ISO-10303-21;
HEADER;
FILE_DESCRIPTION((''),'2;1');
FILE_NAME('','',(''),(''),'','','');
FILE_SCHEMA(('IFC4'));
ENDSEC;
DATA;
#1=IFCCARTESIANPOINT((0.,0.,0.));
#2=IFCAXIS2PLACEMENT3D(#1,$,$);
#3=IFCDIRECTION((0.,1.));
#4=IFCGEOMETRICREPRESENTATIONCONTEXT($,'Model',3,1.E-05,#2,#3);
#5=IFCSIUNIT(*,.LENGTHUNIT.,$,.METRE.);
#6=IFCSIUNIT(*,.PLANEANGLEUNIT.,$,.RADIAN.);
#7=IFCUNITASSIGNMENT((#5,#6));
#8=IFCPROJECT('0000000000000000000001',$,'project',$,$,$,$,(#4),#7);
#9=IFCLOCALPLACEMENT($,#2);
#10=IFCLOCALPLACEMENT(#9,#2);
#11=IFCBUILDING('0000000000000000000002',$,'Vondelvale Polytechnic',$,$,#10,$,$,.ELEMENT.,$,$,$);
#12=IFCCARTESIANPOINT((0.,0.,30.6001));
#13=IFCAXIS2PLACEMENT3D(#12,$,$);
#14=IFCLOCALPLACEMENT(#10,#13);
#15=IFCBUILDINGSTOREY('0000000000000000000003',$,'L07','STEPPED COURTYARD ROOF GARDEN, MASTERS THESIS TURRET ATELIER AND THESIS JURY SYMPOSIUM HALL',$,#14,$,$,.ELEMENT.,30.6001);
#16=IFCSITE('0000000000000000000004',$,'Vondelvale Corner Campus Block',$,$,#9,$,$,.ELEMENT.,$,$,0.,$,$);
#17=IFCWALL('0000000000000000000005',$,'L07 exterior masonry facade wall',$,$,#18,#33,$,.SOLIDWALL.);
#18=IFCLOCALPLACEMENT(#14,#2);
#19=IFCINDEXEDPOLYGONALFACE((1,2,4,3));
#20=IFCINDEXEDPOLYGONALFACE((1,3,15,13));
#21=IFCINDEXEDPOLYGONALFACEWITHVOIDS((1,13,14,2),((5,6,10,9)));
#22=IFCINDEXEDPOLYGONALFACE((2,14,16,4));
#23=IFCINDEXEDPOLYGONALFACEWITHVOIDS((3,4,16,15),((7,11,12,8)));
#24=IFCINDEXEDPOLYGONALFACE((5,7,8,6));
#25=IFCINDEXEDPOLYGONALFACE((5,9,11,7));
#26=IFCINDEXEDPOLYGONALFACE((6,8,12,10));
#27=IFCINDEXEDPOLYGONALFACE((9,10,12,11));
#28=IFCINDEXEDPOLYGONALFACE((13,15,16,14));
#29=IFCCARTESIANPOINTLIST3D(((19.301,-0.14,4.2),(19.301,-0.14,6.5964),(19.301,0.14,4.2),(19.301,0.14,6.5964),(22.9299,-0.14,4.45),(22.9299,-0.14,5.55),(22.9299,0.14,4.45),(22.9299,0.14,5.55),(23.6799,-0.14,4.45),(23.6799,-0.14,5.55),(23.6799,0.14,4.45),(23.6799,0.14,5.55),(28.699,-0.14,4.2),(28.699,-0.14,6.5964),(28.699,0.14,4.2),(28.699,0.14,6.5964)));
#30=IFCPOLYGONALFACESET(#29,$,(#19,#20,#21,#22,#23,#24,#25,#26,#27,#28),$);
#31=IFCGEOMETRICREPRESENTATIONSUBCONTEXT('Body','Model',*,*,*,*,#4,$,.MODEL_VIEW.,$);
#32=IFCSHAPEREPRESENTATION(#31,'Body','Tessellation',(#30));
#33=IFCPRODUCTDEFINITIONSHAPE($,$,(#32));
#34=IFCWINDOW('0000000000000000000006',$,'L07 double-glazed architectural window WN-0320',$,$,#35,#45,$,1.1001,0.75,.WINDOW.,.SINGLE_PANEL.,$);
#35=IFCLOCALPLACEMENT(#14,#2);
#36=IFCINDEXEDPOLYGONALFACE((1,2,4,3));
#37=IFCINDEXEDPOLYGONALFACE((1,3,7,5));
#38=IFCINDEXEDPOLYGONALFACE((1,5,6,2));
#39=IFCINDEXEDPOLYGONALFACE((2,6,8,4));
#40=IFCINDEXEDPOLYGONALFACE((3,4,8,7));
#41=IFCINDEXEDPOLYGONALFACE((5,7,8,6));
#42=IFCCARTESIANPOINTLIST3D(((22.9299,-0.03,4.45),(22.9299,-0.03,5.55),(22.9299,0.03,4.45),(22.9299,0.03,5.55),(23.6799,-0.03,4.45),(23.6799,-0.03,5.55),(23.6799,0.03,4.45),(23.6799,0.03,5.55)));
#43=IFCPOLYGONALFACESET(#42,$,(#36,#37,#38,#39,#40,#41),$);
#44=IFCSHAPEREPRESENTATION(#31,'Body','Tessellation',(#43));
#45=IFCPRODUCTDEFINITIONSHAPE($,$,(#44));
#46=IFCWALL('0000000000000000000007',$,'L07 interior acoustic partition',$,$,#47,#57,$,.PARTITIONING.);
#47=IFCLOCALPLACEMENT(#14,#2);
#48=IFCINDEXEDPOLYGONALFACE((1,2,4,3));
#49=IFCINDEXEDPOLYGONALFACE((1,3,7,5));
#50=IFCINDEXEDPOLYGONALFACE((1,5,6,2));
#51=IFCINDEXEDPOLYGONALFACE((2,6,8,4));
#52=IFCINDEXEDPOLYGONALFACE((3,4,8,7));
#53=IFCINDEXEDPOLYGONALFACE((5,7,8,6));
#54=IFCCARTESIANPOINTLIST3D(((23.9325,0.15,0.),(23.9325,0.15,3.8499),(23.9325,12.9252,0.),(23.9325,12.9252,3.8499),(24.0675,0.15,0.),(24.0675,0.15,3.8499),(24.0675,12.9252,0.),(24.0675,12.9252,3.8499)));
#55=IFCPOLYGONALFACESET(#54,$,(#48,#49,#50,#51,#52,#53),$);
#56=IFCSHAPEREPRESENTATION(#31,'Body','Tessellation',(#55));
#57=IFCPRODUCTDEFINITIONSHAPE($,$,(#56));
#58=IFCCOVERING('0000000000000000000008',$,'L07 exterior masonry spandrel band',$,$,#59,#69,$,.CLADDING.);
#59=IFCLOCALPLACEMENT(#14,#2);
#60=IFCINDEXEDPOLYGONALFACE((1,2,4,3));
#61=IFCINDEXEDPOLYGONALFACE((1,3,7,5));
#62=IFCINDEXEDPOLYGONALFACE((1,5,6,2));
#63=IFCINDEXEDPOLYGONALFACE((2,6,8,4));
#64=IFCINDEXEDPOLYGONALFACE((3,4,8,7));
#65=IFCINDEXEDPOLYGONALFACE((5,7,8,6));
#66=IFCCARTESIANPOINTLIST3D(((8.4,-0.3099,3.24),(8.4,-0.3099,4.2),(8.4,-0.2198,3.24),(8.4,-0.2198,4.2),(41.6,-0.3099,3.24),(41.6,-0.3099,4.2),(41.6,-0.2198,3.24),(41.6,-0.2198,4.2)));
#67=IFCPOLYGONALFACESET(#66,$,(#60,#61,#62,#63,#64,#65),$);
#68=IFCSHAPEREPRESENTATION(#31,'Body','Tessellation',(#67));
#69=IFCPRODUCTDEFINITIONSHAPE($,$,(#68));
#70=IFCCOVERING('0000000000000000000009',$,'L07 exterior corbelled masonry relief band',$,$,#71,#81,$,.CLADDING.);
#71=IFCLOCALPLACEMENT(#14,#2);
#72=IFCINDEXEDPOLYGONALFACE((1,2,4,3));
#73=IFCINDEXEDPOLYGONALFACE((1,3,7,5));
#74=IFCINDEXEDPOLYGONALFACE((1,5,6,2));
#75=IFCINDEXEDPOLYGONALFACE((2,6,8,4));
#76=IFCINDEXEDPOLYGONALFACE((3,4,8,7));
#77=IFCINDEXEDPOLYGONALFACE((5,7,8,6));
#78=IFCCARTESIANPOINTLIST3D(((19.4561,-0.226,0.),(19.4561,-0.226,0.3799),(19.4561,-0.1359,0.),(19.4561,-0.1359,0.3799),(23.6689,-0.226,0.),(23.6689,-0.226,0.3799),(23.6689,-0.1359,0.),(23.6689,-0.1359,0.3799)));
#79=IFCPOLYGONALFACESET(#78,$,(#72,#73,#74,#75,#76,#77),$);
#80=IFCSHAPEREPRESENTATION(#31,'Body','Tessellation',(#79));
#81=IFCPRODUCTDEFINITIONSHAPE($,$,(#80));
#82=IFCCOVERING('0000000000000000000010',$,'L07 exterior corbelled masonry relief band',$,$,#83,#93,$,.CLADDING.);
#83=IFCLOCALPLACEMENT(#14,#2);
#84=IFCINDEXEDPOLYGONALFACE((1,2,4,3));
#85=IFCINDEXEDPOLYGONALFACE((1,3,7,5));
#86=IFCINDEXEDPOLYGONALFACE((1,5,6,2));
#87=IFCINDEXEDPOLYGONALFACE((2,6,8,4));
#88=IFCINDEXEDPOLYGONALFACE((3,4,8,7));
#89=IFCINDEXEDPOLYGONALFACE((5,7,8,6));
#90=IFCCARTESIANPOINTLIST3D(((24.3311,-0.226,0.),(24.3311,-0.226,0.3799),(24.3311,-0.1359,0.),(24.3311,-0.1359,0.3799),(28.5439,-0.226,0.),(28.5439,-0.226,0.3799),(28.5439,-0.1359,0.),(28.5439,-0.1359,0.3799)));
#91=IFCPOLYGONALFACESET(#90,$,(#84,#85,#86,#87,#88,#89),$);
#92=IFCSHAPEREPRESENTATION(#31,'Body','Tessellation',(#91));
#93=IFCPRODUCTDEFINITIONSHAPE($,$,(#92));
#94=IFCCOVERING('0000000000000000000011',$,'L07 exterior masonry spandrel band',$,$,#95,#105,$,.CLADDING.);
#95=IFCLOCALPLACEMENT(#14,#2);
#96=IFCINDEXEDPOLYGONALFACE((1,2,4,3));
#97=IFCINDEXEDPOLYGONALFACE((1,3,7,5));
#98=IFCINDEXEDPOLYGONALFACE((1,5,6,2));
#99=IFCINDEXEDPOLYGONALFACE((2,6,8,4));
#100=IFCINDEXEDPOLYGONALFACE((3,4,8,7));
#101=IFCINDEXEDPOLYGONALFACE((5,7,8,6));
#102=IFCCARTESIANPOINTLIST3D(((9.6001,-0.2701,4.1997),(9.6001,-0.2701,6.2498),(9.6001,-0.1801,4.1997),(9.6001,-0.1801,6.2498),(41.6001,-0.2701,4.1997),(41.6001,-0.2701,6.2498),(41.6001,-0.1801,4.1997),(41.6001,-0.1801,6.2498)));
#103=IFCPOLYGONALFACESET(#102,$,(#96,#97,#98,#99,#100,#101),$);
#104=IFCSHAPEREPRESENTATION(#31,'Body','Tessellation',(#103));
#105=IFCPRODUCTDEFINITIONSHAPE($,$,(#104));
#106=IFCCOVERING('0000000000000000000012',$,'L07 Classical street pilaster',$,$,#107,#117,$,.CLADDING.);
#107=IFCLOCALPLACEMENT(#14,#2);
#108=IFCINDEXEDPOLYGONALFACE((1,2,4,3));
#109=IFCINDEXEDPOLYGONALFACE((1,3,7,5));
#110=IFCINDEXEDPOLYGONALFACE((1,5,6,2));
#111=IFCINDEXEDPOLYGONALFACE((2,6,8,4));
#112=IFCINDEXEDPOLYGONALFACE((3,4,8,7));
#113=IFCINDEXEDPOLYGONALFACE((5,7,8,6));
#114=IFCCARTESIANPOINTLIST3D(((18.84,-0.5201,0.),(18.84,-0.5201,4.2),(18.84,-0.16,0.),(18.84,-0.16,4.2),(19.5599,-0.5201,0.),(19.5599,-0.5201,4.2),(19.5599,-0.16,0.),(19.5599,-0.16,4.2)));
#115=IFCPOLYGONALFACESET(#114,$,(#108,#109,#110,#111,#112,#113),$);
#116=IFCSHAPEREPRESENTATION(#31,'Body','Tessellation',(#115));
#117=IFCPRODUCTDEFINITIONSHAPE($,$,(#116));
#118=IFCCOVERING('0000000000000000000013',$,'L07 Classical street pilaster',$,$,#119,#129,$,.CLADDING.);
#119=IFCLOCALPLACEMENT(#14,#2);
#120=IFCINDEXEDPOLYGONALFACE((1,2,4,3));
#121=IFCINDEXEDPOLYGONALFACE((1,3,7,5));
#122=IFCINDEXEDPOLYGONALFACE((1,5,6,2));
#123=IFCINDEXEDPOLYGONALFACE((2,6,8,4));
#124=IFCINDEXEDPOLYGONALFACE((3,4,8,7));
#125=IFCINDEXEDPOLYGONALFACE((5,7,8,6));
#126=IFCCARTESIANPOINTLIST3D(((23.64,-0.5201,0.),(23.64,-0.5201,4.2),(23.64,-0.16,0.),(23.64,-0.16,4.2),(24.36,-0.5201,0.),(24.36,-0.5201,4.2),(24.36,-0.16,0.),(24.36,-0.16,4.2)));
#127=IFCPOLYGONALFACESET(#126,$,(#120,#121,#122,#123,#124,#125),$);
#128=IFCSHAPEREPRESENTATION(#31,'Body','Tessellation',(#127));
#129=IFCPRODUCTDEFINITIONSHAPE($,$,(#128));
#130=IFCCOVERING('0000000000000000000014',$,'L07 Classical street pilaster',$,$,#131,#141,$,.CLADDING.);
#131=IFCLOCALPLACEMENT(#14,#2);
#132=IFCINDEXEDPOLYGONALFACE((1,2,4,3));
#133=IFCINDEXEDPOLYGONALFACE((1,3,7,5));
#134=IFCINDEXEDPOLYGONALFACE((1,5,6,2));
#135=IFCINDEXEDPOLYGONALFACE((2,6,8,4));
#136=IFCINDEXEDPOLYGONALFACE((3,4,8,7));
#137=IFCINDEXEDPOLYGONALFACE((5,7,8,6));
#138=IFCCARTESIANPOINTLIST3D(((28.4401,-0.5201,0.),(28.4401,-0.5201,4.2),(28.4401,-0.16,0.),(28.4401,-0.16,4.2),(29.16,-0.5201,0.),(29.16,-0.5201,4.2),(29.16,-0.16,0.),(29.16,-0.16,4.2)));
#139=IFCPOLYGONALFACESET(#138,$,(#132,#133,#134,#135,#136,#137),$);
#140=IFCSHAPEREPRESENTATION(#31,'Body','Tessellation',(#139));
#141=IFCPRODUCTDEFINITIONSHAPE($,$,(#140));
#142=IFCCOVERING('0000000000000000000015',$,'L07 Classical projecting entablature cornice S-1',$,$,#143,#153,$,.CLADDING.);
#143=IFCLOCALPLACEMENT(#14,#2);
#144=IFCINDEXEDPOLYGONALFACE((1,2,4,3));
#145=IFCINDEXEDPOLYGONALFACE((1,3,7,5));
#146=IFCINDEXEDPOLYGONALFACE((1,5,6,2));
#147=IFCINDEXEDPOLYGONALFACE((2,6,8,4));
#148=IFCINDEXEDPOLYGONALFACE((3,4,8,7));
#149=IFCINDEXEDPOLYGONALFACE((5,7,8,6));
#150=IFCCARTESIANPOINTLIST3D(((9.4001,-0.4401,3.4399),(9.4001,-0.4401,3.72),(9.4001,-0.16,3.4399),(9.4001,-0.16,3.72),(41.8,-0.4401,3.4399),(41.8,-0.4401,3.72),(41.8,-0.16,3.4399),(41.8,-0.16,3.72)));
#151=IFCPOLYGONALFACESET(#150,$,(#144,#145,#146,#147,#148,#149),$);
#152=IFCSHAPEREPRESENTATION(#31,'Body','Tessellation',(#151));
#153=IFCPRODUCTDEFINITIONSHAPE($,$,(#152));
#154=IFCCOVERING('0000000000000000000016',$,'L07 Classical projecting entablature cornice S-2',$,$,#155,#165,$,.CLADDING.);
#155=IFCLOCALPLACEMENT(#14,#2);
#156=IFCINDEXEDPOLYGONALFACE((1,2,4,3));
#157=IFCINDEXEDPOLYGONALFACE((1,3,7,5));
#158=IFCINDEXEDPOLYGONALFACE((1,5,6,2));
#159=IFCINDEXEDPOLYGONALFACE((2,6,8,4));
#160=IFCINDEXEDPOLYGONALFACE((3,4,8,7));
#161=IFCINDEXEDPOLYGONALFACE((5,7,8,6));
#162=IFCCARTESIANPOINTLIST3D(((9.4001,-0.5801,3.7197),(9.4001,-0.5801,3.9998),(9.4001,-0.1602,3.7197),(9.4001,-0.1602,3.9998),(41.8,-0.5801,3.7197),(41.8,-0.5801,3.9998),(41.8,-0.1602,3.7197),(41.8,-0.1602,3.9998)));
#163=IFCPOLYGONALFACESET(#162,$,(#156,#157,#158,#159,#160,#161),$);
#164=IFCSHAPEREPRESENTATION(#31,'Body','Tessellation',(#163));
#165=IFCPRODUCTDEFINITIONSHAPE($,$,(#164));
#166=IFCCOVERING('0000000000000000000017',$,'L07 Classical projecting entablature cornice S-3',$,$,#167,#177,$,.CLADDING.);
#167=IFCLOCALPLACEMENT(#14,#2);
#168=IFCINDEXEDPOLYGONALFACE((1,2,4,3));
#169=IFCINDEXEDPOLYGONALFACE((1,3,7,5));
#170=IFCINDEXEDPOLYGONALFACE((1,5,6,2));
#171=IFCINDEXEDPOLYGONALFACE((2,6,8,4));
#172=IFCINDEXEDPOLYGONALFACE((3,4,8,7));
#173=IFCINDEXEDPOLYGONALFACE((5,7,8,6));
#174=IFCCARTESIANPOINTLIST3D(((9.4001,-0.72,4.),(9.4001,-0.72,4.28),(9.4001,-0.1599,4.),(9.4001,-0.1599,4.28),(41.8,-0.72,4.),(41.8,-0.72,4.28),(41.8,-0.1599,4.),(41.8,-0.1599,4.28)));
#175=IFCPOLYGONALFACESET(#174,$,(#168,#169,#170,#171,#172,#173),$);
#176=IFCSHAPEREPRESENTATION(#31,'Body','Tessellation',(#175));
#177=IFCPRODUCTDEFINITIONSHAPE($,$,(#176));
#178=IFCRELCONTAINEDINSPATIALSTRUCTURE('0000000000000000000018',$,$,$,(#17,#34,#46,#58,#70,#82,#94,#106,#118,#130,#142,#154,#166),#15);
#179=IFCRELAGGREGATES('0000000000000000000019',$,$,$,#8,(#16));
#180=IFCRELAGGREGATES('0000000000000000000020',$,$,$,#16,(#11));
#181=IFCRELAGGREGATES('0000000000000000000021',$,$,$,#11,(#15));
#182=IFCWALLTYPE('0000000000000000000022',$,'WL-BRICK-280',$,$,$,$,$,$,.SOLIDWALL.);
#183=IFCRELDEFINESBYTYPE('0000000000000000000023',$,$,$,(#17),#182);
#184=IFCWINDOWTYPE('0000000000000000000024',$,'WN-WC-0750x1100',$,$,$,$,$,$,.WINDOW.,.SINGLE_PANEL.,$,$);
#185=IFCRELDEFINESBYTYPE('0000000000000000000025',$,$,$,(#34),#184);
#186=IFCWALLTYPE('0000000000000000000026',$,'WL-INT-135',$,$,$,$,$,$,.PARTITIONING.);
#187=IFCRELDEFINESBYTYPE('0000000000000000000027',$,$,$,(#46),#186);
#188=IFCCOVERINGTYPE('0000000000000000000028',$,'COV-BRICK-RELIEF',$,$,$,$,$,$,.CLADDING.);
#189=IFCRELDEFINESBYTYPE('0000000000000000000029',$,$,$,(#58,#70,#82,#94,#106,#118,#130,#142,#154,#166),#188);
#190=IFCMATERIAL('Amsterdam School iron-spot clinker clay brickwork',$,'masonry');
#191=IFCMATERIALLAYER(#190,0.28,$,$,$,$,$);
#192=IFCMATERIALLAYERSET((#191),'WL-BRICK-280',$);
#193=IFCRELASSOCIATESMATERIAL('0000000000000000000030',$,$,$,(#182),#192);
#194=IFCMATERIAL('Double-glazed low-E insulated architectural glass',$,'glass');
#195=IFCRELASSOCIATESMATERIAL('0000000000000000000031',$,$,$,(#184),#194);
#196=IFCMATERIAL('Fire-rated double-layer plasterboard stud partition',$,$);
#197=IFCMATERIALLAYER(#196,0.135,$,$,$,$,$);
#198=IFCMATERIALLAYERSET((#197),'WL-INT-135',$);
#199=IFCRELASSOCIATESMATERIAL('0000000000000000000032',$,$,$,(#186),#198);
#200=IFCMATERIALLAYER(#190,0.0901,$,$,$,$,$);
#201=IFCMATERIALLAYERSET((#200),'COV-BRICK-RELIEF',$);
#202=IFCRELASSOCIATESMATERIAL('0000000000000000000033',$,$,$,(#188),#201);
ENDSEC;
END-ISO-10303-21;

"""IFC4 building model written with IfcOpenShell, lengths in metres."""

from ifc_helpers import new_model, si_unit, direction, frame, frame_2d, origin, origin_2d, place, context, subcontext, project, spatial, rectangle, extrude, material, layer, layer_set, type_object, element, fill, save


model = new_model("IFC4")

# Units and contexts
model_context = context("Model", 3, precision=1e-05, world=origin(), true_north=direction((0.0, 1.0)))
body_context = subcontext(model_context, "Body", "Model", "MODEL_VIEW")
ifc_project = project(units=[si_unit("LENGTHUNIT", "METRE"), si_unit("PLANEANGLEUNIT", "RADIAN")], contexts=[model_context])

# Site, building, storey
site_placement = place(None, origin())
site = spatial("IfcSite", under=ifc_project, at=site_placement, Name="Vondelvale Corner Campus Block", CompositionType="ELEMENT", RefElevation=0.0)
building_placement = place(site_placement, origin())
building = spatial("IfcBuilding", under=site, at=building_placement, Name="Vondelvale Polytechnic", CompositionType="ELEMENT")
storey_placement = place(building_placement, frame((0.0, 0.0, 30.6001)))
storey = spatial("IfcBuildingStorey", under=building, at=storey_placement, Name="L07", Description="STEPPED COURTYARD ROOF GARDEN, MASTERS THESIS TURRET ATELIER AND THESIS JURY SYMPOSIUM HALL", CompositionType="ELEMENT", Elevation=30.6001)

# Wall, opening, window
ifc_material_1 = material(Name="Amsterdam School iron-spot clinker clay brickwork", Category="masonry")
ifc_layer_1 = layer(ifc_material_1, 0.28)
ifc_layer_set_1 = layer_set([ifc_layer_1], Name="WL-BRICK-280")
wall_type_1 = type_object("IfcWallType", Name="WL-BRICK-280", PredefinedType="SOLIDWALL", material=ifc_layer_set_1)
ifc_material_2 = material(Name="Double-glazed low-E insulated architectural glass", Category="glass")
wall_1_placement = place(storey_placement, frame((28.699, 0.0, 4.2), z_axis=(0.0, 0.0, 1.0), x_axis=(-1.0, 0.0, 0.0)))
wall_1 = element("IfcWall", 1, at=wall_1_placement, inside=storey, type_object=wall_type_1, Name="L07 exterior masonry facade wall", PredefinedType="SOLIDWALL", context=body_context, shape_type="SweptSolid", body=[
    extrude(rectangle(XDim=9.3979, YDim=0.28, at=frame_2d((4.699, 0.0))), origin(), (0.0, 0.0, 1.0), 2.3965),
])
opening_1_placement = place(wall_1_placement, frame((5.019, 0.0, 0.25)))
opening_1 = element("IfcOpeningElement", 2, at=opening_1_placement, cuts=wall_1, PredefinedType="OPENING", context=body_context, shape_type="SweptSolid", body=[
    extrude(rectangle(XDim=0.75, YDim=1.1001, at=frame_2d((0.375, 0.55))), frame((0.0, 0.1499, 0.0), z_axis=(0.0, -1.0, 0.0), x_axis=(1.0, 0.0, 0.0)), (0.0, 0.0, 1.0), 0.3),
])
window_type_1 = type_object("IfcWindowType", Name="WN-WC-0750x1100", PartitioningType="SINGLE_PANEL", PredefinedType="WINDOW", material=ifc_material_2)
window_1_placement = place(opening_1_placement, origin())
window_1 = element("IfcWindow", 3, at=window_1_placement, inside=storey, type_object=window_type_1, Name="L07 double-glazed architectural window WN-0320", OverallHeight=1.1001, OverallWidth=0.75, PartitioningType="SINGLE_PANEL", PredefinedType="WINDOW", context=body_context, shape_type="SweptSolid", body=[
    extrude(rectangle(XDim=0.75, YDim=1.1001, at=frame_2d((0.375, 0.55))), frame((0.0, 0.03, 0.0), z_axis=(0.0, -1.0, 0.0), x_axis=(1.0, 0.0, 0.0)), (0.0, 0.0, 1.0), 0.0601),
])
fill(opening_1, window_1)

# Wall
ifc_material_3 = material(Name="Fire-rated double-layer plasterboard stud partition")
ifc_layer_2 = layer(ifc_material_3, 0.135)
ifc_layer_set_2 = layer_set([ifc_layer_2], Name="WL-INT-135")
wall_type_2 = type_object("IfcWallType", Name="WL-INT-135", PredefinedType="PARTITIONING", material=ifc_layer_set_2)
wall_2_placement = place(storey_placement, frame((24.0, 0.1499, 0.0), z_axis=(0.0, 0.0, 1.0), x_axis=(0.0, 1.0, 0.0)))
element("IfcWall", 4, at=wall_2_placement, inside=storey, type_object=wall_type_2, Name="L07 interior acoustic partition", PredefinedType="PARTITIONING", context=body_context, shape_type="SweptSolid", body=[
    extrude(rectangle(XDim=12.7751, YDim=0.135, at=frame_2d((6.3877, 0.0))), origin(), (0.0, 0.0, 1.0), 3.8499),
])

# Coverings
ifc_layer_3 = layer(ifc_material_1, 0.0901)
ifc_layer_set_3 = layer_set([ifc_layer_3], Name="COV-BRICK-RELIEF")
covering_type = type_object("IfcCoveringType", Name="COV-BRICK-RELIEF", PredefinedType="CLADDING", material=ifc_layer_set_3)
covering_1_placement = place(storey_placement, frame((25.0, -0.2649, 3.24), z_axis=(0.0, 0.0, 1.0), x_axis=(1.0, 0.0, 0.0)))
element("IfcCovering", 5, at=covering_1_placement, inside=storey, type_object=covering_type, Name="L07 exterior masonry spandrel band", PredefinedType="CLADDING", context=body_context, shape_type="SweptSolid", body=[
    extrude(rectangle(XDim=33.2, YDim=0.0901, at=origin_2d()), origin(), (0.0, 0.0, 1.0), 0.96),
])
for number, where, z_axis, x_axis, name in (
    (6, (21.5625, -0.1809, 0.0), (0.0, 0.0, 1.0), (-1.0, 0.0, 0.0), "L07 exterior corbelled masonry relief band"),
    (7, (26.4375, -0.1809, 0.0), (0.0, 0.0, 1.0), (-1.0, 0.0, 0.0), "L07 exterior corbelled masonry relief band"),
):
    element("IfcCovering", number, at=place(storey_placement, frame(where, z_axis=z_axis, x_axis=x_axis)), inside=storey, type_object=covering_type, Name=name, PredefinedType="CLADDING", context=body_context, shape_type="SweptSolid", body=[
        extrude(rectangle(XDim=4.2129, YDim=0.0901, at=origin_2d()), origin(), (0.0, 0.0, 1.0), 0.3799),
    ])
covering_2_placement = place(storey_placement, frame((25.6001, -0.2251, 4.1997), z_axis=(0.0, 0.0, 1.0), x_axis=(1.0, 0.0, 0.0)))
element("IfcCovering", 8, at=covering_2_placement, inside=storey, type_object=covering_type, Name="L07 exterior masonry spandrel band", PredefinedType="CLADDING", context=body_context, shape_type="SweptSolid", body=[
    extrude(rectangle(XDim=32.0, YDim=0.0901, at=origin_2d()), origin(), (0.0, 0.0, 1.0), 2.05),
])
for number, where, z_axis, x_axis, name in (
    (9, (19.2, -0.3401, 0.0), (0.0, 0.0, 1.0), (1.0, 0.0, 0.0), "L07 Classical street pilaster"),
    (10, (24.0, -0.3401, 0.0), (0.0, 0.0, 1.0), (1.0, 0.0, 0.0), "L07 Classical street pilaster"),
    (11, (28.8, -0.3401, 0.0), (0.0, 0.0, 1.0), (1.0, 0.0, 0.0), "L07 Classical street pilaster"),
):
    element("IfcCovering", number, at=place(storey_placement, frame(where, z_axis=z_axis, x_axis=x_axis)), inside=storey, type_object=covering_type, Name=name, PredefinedType="CLADDING", context=body_context, shape_type="SweptSolid", body=[
        extrude(rectangle(XDim=0.72, YDim=0.3601, at=origin_2d()), origin(), (0.0, 0.0, 1.0), 4.2),
    ])
covering_3_placement = place(storey_placement, frame((25.6001, -0.3, 3.4399), z_axis=(0.0, 0.0, 1.0), x_axis=(1.0, 0.0, 0.0)))
element("IfcCovering", 12, at=covering_3_placement, inside=storey, type_object=covering_type, Name="L07 Classical projecting entablature cornice S-1", PredefinedType="CLADDING", context=body_context, shape_type="SweptSolid", body=[
    extrude(rectangle(XDim=32.3999, YDim=0.28, at=origin_2d()), origin(), (0.0, 0.0, 1.0), 0.28),
])
covering_4_placement = place(storey_placement, frame((25.6001, -0.3701, 3.7197), z_axis=(0.0, 0.0, 1.0), x_axis=(1.0, 0.0, 0.0)))
element("IfcCovering", 13, at=covering_4_placement, inside=storey, type_object=covering_type, Name="L07 Classical projecting entablature cornice S-2", PredefinedType="CLADDING", context=body_context, shape_type="SweptSolid", body=[
    extrude(rectangle(XDim=32.3999, YDim=0.4199, at=origin_2d()), origin(), (0.0, 0.0, 1.0), 0.28),
])
covering_5_placement = place(storey_placement, frame((25.6001, -0.4399, 4.0), z_axis=(0.0, 0.0, 1.0), x_axis=(1.0, 0.0, 0.0)))
element("IfcCovering", 14, at=covering_5_placement, inside=storey, type_object=covering_type, Name="L07 Classical projecting entablature cornice S-3", PredefinedType="CLADDING", context=body_context, shape_type="SweptSolid", body=[
    extrude(rectangle(XDim=32.3999, YDim=0.5601, at=origin_2d()), origin(), (0.0, 0.0, 1.0), 0.28),
])

save(model, "model.ifc")
